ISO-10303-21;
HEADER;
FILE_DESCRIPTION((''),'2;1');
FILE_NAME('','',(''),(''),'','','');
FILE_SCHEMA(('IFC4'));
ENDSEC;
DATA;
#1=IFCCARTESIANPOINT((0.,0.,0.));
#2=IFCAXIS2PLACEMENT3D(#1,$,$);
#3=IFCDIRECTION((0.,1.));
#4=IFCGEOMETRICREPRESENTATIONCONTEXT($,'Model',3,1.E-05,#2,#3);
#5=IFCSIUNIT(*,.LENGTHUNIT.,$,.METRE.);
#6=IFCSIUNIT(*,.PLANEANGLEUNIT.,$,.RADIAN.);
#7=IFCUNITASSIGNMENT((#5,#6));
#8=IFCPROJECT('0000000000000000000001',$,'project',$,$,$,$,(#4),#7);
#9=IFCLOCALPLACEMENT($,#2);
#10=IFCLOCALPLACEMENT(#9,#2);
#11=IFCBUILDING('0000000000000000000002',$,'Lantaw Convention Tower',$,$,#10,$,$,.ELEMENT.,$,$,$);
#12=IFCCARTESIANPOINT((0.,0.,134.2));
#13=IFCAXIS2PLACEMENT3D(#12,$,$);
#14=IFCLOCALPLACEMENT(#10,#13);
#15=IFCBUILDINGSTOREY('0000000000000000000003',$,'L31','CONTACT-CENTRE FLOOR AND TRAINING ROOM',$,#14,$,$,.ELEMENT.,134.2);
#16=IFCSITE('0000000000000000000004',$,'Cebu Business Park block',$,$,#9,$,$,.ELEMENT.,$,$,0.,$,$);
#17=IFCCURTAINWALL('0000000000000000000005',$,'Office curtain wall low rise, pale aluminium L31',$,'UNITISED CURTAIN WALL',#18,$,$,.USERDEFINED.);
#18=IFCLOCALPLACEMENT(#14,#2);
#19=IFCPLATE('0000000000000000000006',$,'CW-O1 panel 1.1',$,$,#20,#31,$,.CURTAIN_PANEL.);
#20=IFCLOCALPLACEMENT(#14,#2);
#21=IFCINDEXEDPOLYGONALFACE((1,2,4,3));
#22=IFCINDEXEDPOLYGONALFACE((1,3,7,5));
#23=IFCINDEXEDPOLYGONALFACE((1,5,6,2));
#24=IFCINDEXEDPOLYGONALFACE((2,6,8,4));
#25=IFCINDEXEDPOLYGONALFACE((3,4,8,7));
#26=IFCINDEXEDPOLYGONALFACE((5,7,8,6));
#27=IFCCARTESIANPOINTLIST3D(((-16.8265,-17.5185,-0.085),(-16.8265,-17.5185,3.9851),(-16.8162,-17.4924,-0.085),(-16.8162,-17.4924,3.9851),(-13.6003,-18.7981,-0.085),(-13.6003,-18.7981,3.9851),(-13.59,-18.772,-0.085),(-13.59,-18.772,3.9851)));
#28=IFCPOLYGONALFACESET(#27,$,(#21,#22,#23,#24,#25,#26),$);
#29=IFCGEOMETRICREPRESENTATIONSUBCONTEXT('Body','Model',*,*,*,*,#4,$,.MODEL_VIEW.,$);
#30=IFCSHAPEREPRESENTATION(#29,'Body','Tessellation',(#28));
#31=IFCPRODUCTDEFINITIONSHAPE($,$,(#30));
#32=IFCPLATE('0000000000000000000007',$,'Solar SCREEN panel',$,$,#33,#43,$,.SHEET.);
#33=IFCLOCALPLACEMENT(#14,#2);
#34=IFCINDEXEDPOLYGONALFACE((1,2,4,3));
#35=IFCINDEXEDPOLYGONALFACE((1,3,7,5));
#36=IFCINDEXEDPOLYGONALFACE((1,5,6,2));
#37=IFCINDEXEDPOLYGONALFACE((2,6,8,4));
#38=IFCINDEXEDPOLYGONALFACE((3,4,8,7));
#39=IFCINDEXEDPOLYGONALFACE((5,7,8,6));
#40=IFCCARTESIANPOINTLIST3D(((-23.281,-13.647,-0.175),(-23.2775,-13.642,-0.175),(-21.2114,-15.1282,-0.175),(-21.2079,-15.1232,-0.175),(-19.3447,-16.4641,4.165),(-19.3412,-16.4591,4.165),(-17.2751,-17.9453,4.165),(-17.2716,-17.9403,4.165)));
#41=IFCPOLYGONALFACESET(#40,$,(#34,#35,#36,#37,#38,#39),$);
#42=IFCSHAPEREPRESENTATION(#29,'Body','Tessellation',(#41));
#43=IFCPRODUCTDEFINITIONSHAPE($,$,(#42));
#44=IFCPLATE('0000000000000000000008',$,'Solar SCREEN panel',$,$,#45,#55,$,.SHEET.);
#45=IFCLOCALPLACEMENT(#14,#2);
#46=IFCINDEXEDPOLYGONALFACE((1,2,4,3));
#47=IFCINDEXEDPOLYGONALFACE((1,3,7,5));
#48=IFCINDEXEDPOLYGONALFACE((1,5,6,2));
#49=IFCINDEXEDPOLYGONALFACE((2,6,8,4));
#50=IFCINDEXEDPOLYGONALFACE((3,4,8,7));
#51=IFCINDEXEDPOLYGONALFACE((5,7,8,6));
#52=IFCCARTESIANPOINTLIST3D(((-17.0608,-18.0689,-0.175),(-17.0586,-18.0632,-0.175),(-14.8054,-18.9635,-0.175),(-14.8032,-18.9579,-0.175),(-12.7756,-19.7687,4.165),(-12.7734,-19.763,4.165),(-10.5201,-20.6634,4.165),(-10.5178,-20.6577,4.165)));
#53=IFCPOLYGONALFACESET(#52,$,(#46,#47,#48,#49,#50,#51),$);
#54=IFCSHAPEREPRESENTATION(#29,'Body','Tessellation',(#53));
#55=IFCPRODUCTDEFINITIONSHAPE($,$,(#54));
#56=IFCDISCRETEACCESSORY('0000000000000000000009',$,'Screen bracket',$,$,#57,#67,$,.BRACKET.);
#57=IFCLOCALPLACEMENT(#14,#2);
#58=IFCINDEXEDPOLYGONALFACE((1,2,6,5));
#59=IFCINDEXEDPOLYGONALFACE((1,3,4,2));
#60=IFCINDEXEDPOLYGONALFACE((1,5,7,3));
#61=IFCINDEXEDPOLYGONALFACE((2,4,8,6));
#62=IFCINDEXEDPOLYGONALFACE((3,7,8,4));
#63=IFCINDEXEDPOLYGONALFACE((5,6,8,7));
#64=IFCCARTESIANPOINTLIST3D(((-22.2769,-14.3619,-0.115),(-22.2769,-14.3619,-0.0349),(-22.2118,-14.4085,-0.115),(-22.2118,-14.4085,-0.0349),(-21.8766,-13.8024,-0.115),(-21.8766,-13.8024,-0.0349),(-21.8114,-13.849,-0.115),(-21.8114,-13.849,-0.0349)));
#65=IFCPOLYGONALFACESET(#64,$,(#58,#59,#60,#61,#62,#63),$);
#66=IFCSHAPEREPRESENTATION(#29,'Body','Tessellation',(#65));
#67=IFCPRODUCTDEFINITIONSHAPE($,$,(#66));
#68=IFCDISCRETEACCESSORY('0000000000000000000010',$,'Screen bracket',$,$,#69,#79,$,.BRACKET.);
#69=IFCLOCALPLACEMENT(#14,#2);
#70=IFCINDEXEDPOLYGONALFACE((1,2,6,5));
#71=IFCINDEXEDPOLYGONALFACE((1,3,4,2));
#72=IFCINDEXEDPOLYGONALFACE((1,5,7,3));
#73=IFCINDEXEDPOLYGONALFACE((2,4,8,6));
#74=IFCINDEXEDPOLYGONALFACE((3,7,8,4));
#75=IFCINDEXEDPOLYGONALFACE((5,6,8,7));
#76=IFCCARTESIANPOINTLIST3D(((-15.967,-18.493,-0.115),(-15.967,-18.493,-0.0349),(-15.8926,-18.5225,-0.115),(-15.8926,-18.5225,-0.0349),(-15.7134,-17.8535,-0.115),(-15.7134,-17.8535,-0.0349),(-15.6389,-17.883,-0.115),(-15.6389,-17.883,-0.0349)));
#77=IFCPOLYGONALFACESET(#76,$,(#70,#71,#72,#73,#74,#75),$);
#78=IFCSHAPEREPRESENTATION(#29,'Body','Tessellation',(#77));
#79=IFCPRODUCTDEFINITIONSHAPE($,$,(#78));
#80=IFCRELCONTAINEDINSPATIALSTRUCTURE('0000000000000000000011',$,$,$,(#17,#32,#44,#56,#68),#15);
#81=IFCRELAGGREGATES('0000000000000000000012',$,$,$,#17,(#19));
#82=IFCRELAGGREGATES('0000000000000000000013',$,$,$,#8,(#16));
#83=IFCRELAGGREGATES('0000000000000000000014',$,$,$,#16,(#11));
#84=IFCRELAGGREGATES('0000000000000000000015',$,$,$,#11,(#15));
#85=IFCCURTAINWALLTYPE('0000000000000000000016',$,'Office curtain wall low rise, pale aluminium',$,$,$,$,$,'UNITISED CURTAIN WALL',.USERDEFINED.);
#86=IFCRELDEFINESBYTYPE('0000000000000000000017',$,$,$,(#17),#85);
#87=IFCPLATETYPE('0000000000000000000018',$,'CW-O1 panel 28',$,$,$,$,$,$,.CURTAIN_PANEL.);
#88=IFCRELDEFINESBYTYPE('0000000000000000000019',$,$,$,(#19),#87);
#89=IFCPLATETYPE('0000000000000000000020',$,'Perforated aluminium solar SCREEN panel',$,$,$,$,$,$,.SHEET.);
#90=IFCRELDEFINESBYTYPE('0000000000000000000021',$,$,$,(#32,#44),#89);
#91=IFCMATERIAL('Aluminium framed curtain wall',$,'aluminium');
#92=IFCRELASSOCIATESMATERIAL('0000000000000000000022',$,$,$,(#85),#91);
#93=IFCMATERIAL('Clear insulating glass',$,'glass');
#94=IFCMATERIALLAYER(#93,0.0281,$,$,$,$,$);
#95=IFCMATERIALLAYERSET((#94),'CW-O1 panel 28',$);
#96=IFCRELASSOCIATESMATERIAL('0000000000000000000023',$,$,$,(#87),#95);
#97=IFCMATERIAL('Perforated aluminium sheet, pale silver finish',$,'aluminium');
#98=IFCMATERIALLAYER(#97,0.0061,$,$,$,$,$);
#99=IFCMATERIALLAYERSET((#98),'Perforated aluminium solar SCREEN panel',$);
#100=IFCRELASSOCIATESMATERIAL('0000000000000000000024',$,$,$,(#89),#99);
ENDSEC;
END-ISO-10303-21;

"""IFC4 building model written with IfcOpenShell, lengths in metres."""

from ifc_helpers import new_model, si_unit, direction, frame, origin, origin_2d, place, context, subcontext, project, spatial, polyline, rectangle, outline, extrude, material, layer, layer_set, type_object, element, aggregate, save


model = new_model("IFC4")

# Units and contexts
model_context = context("Model", 3, precision=1e-05, world=origin(), true_north=direction((0.0, 1.0)))
body_context = subcontext(model_context, "Body", "Model", "MODEL_VIEW")
ifc_project = project(units=[si_unit("LENGTHUNIT", "METRE"), si_unit("PLANEANGLEUNIT", "RADIAN")], contexts=[model_context])

# Site, building, storey
site_placement = place(None, origin())
site = spatial("IfcSite", under=ifc_project, at=site_placement, Name="Cebu Business Park block", CompositionType="ELEMENT", RefElevation=0.0)
building_placement = place(site_placement, origin())
building = spatial("IfcBuilding", under=site, at=building_placement, Name="Lantaw Convention Tower", CompositionType="ELEMENT")
storey_placement = place(building_placement, frame((0.0, 0.0, 134.2)))
storey = spatial("IfcBuildingStorey", under=building, at=storey_placement, Name="L31", Description="CONTACT-CENTRE FLOOR AND TRAINING ROOM", CompositionType="ELEMENT", Elevation=134.2)

# Shared definitions
ifc_material_1 = material(Name="Aluminium framed curtain wall", Category="aluminium")
curtain_wall_type = type_object("IfcCurtainWallType", Name="Office curtain wall low rise, pale aluminium", ElementType="UNITISED CURTAIN WALL", PredefinedType="USERDEFINED", material=ifc_material_1)

# Curtain wall
curtain_wall_1_placement = place(storey_placement, origin())
curtain_wall_1 = element("IfcCurtainWall", 1, at=curtain_wall_1_placement, inside=storey, type_object=curtain_wall_type, Name="Office curtain wall low rise, pale aluminium L31", ObjectType="UNITISED CURTAIN WALL", PredefinedType="USERDEFINED")

# Plate
ifc_material_2 = material(Name="Clear insulating glass", Category="glass")
ifc_layer_1 = layer(ifc_material_2, 0.0281)
ifc_layer_set_1 = layer_set([ifc_layer_1], Name="CW-O1 panel 28")
plate_type_1 = type_object("IfcPlateType", Name="CW-O1 panel 28", PredefinedType="CURTAIN_PANEL", material=ifc_layer_set_1)
plate_1_placement = place(storey_placement, frame((-15.2083, -18.1453, -0.085), z_axis=(0.0, 0.0, 1.0), x_axis=(0.929548, -0.368702, 0.0)))
plate_1 = element("IfcPlate", 2, at=plate_1_placement, type_object=plate_type_1, Name="CW-O1 panel 1.1", PredefinedType="CURTAIN_PANEL", context=body_context, shape_type="SweptSolid", body=[
    extrude(rectangle(XDim=3.4707, YDim=0.0281, at=origin_2d()), origin(), (0.0, 0.0, 1.0), 4.0701),
])
aggregate(curtain_wall_1, [plate_1])

# Plates
ifc_material_3 = material(Name="Perforated aluminium sheet, pale silver finish", Category="aluminium")
ifc_layer_2 = layer(ifc_material_3, 0.0061)
ifc_layer_set_2 = layer_set([ifc_layer_2], Name="Perforated aluminium solar SCREEN panel")
plate_type_2 = type_object("IfcPlateType", Name="Perforated aluminium solar SCREEN panel", PredefinedType="SHEET", material=ifc_layer_set_2)
plate_2_placement = place(storey_placement, frame((-23.281, -13.647, -0.175), z_axis=(-0.582, -0.813189, 0.000012), x_axis=(0.813189, -0.582, 0.0)))
element("IfcPlate", 3, at=plate_2_placement, inside=storey, type_object=plate_type_2, Name="Solar SCREEN panel", PredefinedType="SHEET", context=body_context, shape_type="SweptSolid", body=[
    extrude(outline(polyline([(0.0, 0.0), (2.545, 0.0), (7.3855, 4.3401), (4.8405, 4.3401), (0.0, 0.0)])), origin(), (0.0, 0.0, -1.0), 0.0061),
])
plate_3_placement = place(storey_placement, frame((-17.0586, -18.0632, -0.175), z_axis=(0.368709, 0.929545, 0.000011), x_axis=(0.929545, -0.368709, 0.0)))
element("IfcPlate", 4, at=plate_3_placement, inside=storey, type_object=plate_type_2, Name="Solar SCREEN panel", PredefinedType="SHEET", context=body_context, shape_type="SweptSolid", body=[
    extrude(outline(polyline([(0.0, 0.0), (2.4264, 0.0), (7.0365, -4.3401), (4.61, -4.3401), (0.0, 0.0)])), origin(), (0.0, 0.0, -1.0), 0.0061),
])

# Discrete accessories
for number, where, z_axis, x_axis, name in (
    (5, (-22.0442, -14.1055, -0.115), (0.0, 0.0, 1.0), (0.813208, -0.581973, 0.0), "Screen bracket"),
    (6, (-15.803, -18.188, -0.115), (0.0, 0.0, 1.0), (0.929548, -0.368702, 0.0), "Screen bracket"),
):
    element("IfcDiscreteAccessory", number, at=place(storey_placement, frame(where, z_axis=z_axis, x_axis=x_axis)), inside=storey, Name=name, PredefinedType="BRACKET", context=body_context, shape_type="SweptSolid", body=[
        extrude(rectangle(XDim=0.0801, YDim=0.688, at=origin_2d()), origin(), (0.0, 0.0, 1.0), 0.0801),
    ])

save(model, "model.ifc")
